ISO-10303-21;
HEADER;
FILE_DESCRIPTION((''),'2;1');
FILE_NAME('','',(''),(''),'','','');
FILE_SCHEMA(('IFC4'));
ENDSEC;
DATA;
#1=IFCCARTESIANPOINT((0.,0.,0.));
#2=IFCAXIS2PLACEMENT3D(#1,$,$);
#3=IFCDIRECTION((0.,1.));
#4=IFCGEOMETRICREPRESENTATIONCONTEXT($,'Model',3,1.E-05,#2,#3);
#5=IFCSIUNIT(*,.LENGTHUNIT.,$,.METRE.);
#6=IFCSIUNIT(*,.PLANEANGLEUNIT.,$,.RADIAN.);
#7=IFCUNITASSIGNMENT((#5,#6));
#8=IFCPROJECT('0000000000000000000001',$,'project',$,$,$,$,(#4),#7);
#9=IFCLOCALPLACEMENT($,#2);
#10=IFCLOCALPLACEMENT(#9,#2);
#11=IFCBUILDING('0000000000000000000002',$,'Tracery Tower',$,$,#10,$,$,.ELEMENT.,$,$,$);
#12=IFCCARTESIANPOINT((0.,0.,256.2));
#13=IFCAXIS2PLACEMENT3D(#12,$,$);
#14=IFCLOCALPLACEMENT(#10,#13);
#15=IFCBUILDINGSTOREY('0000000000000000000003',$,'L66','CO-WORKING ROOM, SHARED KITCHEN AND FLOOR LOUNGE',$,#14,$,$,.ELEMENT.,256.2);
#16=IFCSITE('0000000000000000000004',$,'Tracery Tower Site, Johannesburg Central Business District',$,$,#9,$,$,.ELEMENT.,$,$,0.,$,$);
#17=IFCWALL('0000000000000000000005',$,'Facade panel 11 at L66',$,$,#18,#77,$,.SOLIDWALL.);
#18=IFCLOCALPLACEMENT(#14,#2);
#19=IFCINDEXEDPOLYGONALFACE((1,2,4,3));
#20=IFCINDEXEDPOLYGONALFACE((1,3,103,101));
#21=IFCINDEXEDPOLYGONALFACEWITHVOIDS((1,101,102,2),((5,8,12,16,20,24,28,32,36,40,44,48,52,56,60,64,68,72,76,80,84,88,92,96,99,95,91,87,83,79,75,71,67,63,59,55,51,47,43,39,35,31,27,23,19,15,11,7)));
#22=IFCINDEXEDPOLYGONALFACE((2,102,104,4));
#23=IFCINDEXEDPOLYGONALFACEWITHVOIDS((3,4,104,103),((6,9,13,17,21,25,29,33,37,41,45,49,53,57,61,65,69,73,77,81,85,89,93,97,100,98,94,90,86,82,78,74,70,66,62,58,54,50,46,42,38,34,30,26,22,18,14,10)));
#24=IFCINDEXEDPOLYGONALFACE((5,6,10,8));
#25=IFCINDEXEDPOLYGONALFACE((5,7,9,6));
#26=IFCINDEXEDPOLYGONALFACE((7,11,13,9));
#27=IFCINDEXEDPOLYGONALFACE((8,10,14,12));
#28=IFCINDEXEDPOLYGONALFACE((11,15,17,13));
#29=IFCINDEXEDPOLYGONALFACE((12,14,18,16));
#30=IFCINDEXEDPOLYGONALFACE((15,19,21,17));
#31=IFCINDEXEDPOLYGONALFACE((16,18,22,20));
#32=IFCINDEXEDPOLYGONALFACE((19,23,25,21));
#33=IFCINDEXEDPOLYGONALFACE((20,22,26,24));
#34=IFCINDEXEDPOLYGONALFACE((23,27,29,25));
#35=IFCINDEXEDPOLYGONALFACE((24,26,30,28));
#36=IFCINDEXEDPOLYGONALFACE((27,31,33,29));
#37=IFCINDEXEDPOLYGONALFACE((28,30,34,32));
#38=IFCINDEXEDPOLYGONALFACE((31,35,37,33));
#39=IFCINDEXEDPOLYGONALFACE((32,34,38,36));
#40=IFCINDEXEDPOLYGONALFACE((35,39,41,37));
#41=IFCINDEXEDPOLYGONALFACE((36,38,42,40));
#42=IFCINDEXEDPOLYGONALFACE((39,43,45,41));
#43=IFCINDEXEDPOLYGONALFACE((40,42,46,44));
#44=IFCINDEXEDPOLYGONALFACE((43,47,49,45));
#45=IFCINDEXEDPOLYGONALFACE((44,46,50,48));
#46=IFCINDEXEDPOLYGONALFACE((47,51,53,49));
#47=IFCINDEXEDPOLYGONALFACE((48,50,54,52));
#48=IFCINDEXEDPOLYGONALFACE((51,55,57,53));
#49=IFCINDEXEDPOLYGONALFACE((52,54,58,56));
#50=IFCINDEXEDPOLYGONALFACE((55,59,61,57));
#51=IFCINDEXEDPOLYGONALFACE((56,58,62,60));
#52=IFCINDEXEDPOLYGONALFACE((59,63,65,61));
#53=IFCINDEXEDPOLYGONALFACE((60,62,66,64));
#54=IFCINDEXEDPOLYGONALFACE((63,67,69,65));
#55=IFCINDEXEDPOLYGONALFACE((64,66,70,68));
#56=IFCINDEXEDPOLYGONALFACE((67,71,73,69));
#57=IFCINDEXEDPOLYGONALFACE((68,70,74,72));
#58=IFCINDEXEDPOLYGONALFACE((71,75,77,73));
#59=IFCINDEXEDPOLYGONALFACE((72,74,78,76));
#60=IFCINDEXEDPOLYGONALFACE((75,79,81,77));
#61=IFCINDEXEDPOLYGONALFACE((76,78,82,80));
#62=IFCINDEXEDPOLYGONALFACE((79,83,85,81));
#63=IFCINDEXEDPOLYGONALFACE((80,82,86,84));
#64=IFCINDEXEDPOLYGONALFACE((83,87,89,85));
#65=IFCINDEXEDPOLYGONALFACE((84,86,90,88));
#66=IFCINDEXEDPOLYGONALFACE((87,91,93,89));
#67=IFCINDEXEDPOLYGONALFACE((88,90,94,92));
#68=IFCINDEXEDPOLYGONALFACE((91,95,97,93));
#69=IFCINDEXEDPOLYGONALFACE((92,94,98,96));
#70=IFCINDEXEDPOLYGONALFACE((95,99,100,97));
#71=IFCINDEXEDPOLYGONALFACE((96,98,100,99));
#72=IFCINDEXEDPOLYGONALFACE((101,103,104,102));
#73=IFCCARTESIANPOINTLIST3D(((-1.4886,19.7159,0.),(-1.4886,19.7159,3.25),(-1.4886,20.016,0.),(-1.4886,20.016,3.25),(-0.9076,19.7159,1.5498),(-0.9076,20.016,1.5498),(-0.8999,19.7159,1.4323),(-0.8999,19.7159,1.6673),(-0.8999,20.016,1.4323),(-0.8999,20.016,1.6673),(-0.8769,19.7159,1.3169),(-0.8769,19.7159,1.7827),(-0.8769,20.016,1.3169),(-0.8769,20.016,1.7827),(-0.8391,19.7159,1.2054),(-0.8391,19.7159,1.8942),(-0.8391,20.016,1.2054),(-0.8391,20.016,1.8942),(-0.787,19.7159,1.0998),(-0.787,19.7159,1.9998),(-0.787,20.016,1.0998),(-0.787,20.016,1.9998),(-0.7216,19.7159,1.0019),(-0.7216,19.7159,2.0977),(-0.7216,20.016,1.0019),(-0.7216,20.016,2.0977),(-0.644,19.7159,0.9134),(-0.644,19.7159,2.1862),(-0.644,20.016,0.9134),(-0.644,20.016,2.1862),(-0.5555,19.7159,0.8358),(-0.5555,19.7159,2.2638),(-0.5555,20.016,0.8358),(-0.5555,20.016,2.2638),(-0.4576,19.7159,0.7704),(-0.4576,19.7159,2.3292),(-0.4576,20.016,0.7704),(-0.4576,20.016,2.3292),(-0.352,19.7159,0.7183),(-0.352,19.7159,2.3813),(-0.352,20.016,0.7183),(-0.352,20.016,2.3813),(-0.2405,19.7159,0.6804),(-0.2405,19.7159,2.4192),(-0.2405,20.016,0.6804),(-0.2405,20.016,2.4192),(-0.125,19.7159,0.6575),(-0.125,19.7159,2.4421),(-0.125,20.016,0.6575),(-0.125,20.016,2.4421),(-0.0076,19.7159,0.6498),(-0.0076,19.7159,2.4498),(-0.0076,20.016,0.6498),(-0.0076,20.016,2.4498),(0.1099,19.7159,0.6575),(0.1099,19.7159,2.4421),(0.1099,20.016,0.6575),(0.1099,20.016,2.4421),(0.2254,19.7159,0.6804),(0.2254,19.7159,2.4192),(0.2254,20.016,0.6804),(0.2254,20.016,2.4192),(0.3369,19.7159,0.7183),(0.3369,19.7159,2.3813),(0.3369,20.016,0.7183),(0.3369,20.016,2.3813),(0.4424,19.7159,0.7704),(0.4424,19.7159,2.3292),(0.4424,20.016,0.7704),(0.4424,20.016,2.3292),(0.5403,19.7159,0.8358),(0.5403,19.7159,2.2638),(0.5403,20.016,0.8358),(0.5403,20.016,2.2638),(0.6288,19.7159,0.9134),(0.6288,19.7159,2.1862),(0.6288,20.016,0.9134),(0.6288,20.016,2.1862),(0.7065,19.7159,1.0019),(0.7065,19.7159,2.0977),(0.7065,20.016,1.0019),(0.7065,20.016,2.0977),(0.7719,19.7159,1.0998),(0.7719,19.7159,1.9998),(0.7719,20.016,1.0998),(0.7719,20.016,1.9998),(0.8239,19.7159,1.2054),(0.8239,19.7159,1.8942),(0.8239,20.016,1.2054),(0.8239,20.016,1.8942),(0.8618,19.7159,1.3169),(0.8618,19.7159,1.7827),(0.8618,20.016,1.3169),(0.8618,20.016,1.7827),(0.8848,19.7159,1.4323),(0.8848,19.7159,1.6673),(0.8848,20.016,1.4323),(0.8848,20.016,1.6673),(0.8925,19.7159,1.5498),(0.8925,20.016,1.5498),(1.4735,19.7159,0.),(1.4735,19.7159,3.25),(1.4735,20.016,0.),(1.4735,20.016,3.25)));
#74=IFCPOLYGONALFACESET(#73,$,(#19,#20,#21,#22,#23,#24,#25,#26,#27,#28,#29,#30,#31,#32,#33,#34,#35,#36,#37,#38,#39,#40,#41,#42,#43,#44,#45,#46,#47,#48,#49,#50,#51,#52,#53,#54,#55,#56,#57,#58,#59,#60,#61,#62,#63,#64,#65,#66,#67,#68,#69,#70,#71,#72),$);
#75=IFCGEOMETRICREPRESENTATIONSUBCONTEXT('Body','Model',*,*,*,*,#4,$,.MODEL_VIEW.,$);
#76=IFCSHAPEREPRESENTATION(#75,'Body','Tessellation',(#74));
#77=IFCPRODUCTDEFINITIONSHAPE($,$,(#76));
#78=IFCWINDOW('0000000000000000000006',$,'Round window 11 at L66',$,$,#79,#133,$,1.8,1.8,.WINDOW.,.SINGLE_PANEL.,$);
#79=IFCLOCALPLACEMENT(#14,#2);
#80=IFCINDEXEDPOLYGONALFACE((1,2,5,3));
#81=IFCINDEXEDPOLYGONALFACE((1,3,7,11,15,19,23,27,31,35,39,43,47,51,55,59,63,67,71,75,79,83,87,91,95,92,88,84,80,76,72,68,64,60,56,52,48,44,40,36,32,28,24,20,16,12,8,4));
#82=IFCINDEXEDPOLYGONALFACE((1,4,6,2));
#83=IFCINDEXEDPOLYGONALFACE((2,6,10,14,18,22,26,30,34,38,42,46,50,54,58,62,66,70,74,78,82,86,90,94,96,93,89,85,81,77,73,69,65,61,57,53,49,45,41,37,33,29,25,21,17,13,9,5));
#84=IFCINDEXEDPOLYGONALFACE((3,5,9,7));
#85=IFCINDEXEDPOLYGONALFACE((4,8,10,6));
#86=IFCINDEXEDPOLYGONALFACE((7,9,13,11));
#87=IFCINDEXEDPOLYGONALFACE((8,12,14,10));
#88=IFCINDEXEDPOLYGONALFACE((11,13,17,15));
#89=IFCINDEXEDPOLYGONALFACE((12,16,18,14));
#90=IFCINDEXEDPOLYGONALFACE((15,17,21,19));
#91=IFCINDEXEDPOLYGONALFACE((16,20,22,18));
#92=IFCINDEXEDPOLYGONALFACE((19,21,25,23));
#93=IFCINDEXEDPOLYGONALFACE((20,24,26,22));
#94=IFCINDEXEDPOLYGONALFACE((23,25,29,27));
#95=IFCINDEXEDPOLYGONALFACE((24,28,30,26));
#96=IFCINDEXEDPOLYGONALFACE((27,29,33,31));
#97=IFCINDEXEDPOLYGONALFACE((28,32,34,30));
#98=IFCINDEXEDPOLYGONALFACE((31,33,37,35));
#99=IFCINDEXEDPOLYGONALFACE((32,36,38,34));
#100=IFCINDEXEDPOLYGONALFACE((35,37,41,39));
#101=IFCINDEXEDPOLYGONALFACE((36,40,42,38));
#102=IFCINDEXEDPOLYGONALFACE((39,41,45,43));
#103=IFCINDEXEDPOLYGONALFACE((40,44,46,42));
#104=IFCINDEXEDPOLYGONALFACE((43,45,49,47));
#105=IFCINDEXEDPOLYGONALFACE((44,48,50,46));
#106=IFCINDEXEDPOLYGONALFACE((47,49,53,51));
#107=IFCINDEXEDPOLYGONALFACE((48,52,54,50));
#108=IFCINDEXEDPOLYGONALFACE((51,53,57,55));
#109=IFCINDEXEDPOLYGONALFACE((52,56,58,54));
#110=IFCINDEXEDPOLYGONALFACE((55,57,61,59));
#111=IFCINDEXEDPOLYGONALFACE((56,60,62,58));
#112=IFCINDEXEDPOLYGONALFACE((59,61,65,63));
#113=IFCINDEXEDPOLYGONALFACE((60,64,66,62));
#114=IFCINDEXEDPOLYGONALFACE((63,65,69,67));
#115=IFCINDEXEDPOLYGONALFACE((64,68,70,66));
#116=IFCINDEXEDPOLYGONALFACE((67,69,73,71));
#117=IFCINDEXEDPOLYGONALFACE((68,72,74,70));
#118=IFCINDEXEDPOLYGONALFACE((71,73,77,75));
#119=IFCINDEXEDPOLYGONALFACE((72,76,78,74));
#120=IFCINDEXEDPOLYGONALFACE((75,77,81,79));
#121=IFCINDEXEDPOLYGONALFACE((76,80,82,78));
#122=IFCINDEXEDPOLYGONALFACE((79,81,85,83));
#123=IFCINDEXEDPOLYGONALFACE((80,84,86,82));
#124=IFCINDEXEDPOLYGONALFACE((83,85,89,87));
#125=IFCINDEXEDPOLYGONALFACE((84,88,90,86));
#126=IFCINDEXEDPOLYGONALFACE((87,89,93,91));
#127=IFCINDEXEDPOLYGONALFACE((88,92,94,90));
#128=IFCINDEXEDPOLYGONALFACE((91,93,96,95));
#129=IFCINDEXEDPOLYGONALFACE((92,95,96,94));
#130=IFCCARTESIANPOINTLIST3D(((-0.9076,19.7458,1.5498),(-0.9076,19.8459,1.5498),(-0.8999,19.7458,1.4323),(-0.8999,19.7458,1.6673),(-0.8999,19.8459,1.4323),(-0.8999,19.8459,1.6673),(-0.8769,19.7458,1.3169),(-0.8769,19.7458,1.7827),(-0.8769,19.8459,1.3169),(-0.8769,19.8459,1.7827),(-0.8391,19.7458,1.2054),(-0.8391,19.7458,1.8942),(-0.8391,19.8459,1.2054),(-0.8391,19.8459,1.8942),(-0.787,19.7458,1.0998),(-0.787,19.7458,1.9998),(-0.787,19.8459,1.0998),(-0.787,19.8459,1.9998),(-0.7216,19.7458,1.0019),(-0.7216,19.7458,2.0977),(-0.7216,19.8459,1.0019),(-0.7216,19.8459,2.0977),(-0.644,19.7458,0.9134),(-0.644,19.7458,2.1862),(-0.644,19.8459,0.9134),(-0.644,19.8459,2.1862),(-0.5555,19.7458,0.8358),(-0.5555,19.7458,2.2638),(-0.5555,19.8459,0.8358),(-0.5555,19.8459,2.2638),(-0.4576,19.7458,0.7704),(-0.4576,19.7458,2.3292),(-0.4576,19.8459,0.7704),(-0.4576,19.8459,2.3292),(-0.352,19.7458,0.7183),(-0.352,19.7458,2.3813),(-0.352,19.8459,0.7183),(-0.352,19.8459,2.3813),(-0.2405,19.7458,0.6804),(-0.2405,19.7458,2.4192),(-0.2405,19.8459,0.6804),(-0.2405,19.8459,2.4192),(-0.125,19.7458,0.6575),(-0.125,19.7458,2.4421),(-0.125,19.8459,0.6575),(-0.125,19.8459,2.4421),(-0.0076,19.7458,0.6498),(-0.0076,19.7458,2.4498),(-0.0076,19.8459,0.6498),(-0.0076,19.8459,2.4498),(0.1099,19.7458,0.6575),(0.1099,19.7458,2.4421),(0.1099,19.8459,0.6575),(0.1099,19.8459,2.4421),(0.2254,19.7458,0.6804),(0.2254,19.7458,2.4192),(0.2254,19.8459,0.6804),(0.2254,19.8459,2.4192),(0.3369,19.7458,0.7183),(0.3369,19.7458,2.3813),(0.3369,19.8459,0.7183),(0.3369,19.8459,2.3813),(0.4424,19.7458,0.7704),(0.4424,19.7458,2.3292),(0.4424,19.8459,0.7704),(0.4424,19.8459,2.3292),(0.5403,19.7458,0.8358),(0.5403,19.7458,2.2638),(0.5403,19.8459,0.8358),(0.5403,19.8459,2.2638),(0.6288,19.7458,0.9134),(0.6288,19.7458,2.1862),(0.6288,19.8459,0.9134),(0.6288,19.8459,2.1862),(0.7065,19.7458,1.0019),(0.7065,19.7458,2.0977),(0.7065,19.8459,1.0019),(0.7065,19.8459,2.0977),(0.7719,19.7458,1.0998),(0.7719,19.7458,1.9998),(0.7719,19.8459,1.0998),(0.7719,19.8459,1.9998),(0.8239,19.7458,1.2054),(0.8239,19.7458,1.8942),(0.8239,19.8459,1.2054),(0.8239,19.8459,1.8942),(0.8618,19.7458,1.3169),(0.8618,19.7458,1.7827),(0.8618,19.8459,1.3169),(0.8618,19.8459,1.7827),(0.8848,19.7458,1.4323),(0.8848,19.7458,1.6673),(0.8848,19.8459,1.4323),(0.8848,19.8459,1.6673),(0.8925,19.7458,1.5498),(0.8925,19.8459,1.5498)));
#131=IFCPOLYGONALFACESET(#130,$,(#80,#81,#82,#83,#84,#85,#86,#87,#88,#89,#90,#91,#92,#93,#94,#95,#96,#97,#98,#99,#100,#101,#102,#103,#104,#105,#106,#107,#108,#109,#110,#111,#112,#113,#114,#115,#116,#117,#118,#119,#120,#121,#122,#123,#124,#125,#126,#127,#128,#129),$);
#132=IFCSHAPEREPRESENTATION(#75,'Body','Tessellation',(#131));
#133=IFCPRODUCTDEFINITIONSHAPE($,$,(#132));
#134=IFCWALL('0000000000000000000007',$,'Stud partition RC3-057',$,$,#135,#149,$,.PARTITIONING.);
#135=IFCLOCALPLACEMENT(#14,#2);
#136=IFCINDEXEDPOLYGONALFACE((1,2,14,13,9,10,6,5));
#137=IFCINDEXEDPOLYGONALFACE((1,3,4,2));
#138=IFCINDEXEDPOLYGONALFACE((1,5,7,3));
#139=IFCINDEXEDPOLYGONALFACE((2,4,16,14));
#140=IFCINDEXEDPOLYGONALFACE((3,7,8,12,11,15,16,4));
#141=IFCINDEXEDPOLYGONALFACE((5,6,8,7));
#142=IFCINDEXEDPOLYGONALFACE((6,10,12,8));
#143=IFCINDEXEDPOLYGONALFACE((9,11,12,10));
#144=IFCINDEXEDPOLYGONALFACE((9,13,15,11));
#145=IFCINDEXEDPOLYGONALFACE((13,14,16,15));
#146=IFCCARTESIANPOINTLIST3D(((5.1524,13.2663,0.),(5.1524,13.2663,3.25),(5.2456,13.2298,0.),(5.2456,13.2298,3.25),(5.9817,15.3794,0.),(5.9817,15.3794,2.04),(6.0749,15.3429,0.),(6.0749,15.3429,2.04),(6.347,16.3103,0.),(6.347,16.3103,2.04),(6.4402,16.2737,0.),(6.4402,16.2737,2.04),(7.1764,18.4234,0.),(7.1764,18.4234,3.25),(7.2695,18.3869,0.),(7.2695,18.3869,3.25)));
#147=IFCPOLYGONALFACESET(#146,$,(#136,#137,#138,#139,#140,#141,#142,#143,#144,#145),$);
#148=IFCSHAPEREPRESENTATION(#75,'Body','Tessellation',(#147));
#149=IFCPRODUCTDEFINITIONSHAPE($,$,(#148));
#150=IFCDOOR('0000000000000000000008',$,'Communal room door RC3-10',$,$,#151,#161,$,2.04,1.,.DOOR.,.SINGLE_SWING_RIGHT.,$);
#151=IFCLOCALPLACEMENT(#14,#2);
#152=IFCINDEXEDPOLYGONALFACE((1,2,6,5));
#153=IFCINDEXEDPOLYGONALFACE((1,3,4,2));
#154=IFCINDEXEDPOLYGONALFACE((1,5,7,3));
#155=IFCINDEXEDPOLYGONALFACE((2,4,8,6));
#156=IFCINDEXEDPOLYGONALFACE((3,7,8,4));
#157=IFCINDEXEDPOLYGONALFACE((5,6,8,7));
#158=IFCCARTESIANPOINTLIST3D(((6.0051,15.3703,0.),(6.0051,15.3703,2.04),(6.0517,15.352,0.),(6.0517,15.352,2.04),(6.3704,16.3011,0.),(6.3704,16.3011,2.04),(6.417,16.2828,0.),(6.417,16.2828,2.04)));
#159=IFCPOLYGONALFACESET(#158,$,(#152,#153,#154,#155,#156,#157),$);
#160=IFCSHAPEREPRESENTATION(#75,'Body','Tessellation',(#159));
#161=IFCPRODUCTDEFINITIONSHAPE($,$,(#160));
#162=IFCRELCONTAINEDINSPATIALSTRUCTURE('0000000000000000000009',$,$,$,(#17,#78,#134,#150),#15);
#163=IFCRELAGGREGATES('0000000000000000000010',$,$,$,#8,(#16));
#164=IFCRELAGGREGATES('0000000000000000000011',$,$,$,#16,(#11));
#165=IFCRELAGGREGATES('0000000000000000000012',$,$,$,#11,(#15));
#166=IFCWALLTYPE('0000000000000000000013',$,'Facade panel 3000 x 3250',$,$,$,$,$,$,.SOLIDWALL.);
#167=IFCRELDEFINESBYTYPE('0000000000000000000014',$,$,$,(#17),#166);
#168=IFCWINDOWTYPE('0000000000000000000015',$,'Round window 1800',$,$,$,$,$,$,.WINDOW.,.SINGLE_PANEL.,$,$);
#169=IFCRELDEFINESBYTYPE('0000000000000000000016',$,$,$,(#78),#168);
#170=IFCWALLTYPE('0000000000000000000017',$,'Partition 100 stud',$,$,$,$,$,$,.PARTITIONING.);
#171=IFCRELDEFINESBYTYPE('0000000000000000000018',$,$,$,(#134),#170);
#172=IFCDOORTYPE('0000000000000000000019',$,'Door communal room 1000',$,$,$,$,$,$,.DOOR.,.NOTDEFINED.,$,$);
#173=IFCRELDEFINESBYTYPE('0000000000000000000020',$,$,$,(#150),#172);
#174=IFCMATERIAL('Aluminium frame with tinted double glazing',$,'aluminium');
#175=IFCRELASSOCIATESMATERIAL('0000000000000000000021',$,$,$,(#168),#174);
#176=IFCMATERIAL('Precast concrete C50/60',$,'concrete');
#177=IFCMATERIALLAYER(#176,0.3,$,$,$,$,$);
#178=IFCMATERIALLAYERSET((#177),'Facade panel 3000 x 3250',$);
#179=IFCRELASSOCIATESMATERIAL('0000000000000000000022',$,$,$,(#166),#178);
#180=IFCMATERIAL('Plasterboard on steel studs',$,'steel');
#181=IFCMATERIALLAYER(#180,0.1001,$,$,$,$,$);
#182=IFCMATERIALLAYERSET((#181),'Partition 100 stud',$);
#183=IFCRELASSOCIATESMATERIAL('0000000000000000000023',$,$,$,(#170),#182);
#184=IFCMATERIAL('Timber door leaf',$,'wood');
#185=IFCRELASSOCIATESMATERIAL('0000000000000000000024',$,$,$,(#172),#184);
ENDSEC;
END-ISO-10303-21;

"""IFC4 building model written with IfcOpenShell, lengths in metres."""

from ifc_helpers import new_model, si_unit, direction, frame, frame_2d, origin, origin_2d, place, context, subcontext, project, spatial, rectangle, circle, extrude, material, layer, layer_set, type_object, element, fill, save


model = new_model("IFC4")

# Units and contexts
model_context = context("Model", 3, precision=1e-05, world=origin(), true_north=direction((0.0, 1.0)))
body_context = subcontext(model_context, "Body", "Model", "MODEL_VIEW")
ifc_project = project(units=[si_unit("LENGTHUNIT", "METRE"), si_unit("PLANEANGLEUNIT", "RADIAN")], contexts=[model_context])

# Site, building, storey
site_placement = place(None, origin())
site = spatial("IfcSite", under=ifc_project, at=site_placement, Name="Tracery Tower Site, Johannesburg Central Business District", CompositionType="ELEMENT", RefElevation=0.0)
building_placement = place(site_placement, origin())
building = spatial("IfcBuilding", under=site, at=building_placement, Name="Tracery Tower", CompositionType="ELEMENT")
storey_placement = place(building_placement, frame((0.0, 0.0, 256.2)))
storey = spatial("IfcBuildingStorey", under=building, at=storey_placement, Name="L66", Description="CO-WORKING ROOM, SHARED KITCHEN AND FLOOR LOUNGE", CompositionType="ELEMENT", Elevation=256.2)

# Wall, opening, window
ifc_material_1 = material(Name="Aluminium frame with tinted double glazing", Category="aluminium")
window_type = type_object("IfcWindowType", Name="Round window 1800", PartitioningType="SINGLE_PANEL", PredefinedType="WINDOW", material=ifc_material_1)
ifc_material_2 = material(Name="Precast concrete C50/60", Category="concrete")
ifc_layer_1 = layer(ifc_material_2, 0.3)
ifc_layer_set_1 = layer_set([ifc_layer_1], Name="Facade panel 3000 x 3250")
wall_type_1 = type_object("IfcWallType", Name="Facade panel 3000 x 3250", PredefinedType="SOLIDWALL", material=ifc_layer_set_1)
wall_1_placement = place(storey_placement, frame((1.4734, 19.866, 0.0), z_axis=(0.0, 0.0, 1.0), x_axis=(-1.0, 0.0, 0.0)))
wall_1 = element("IfcWall", 1, at=wall_1_placement, inside=storey, type_object=wall_type_1, Name="Facade panel 11 at L66", PredefinedType="SOLIDWALL", context=body_context, shape_type="SweptSolid", body=[
    extrude(rectangle(XDim=2.9622, YDim=0.3, at=frame_2d((1.481, 0.0))), origin(), (0.0, 0.0, 1.0), 3.25),
])
opening_1_placement = place(wall_1_placement, frame((1.481, 0.0, 1.5498)))
opening_1 = element("IfcOpeningElement", 2, at=opening_1_placement, cuts=wall_1, PredefinedType="OPENING", context=body_context, shape_type="SweptSolid", body=[
    extrude(circle(Radius=0.9, at=origin_2d()), frame((0.0, 0.1599, 0.0), z_axis=(0.0, -1.0, 0.0), x_axis=(1.0, 0.0, 0.0)), (0.0, 0.0, 1.0), 0.3201),
])
window_1_placement = place(opening_1_placement, origin())
window_1 = element("IfcWindow", 3, at=window_1_placement, inside=storey, type_object=window_type, Name="Round window 11 at L66", OverallHeight=1.8, OverallWidth=1.8, PartitioningType="SINGLE_PANEL", PredefinedType="WINDOW", context=body_context, shape_type="SweptSolid", body=[
    extrude(circle(Radius=0.9, at=origin_2d()), frame((0.0, 0.1201, 0.0), z_axis=(0.0, -1.0, 0.0), x_axis=(1.0, 0.0, 0.0)), (0.0, 0.0, 1.0), 0.1001),
])
fill(opening_1, window_1)

# Wall, opening, door
ifc_material_3 = material(Name="Plasterboard on steel studs", Category="steel")
ifc_layer_2 = layer(ifc_material_3, 0.1001)
ifc_layer_set_2 = layer_set([ifc_layer_2], Name="Partition 100 stud")
wall_type_2 = type_object("IfcWallType", Name="Partition 100 stud", PredefinedType="PARTITIONING", material=ifc_layer_set_2)
wall_2_placement = place(storey_placement, frame((5.199, 13.248, 0.0), z_axis=(0.0, 0.0, 1.0), x_axis=(0.365335, 0.930876, 0.0)))
wall_2 = element("IfcWall", 4, at=wall_2_placement, inside=storey, type_object=wall_type_2, Name="Stud partition RC3-057", PredefinedType="PARTITIONING", context=body_context, shape_type="SweptSolid", body=[
    extrude(rectangle(XDim=5.54, YDim=0.1001, at=frame_2d((2.77, 0.0))), origin(), (0.0, 0.0, 1.0), 3.25),
])
opening_2_placement = place(wall_2_placement, frame((2.27, 0.0, 0.0)))
opening_2 = element("IfcOpeningElement", 5, at=opening_2_placement, cuts=wall_2, PredefinedType="OPENING", context=body_context, shape_type="SweptSolid", body=[
    extrude(rectangle(XDim=1.0, YDim=2.04, at=frame_2d((0.5, 1.02))), frame((0.0, 0.05, 0.0), z_axis=(0.0, -1.0, 0.0), x_axis=(1.0, 0.0, 0.0)), (0.0, 0.0, 1.0), 0.1001),
])
ifc_material_4 = material(Name="Timber door leaf", Category="wood")
door_type_1 = type_object("IfcDoorType", Name="Door communal room 1000", OperationType="NOTDEFINED", PredefinedType="DOOR", material=ifc_material_4)
door_1_placement = place(opening_2_placement, origin())
door_1 = element("IfcDoor", 6, at=door_1_placement, inside=storey, type_object=door_type_1, Name="Communal room door RC3-10", OperationType="SINGLE_SWING_RIGHT", OverallHeight=2.04, OverallWidth=1.0, PredefinedType="DOOR", context=body_context, shape_type="SweptSolid", body=[
    extrude(rectangle(XDim=1.0, YDim=2.04, at=frame_2d((0.5, 1.02))), frame((0.0, 0.0249, 0.0), z_axis=(0.0, -1.0, 0.0), x_axis=(1.0, 0.0, 0.0)), (0.0, 0.0, 1.0), 0.05),
])
fill(opening_2, door_1)

save(model, "model.ifc")
